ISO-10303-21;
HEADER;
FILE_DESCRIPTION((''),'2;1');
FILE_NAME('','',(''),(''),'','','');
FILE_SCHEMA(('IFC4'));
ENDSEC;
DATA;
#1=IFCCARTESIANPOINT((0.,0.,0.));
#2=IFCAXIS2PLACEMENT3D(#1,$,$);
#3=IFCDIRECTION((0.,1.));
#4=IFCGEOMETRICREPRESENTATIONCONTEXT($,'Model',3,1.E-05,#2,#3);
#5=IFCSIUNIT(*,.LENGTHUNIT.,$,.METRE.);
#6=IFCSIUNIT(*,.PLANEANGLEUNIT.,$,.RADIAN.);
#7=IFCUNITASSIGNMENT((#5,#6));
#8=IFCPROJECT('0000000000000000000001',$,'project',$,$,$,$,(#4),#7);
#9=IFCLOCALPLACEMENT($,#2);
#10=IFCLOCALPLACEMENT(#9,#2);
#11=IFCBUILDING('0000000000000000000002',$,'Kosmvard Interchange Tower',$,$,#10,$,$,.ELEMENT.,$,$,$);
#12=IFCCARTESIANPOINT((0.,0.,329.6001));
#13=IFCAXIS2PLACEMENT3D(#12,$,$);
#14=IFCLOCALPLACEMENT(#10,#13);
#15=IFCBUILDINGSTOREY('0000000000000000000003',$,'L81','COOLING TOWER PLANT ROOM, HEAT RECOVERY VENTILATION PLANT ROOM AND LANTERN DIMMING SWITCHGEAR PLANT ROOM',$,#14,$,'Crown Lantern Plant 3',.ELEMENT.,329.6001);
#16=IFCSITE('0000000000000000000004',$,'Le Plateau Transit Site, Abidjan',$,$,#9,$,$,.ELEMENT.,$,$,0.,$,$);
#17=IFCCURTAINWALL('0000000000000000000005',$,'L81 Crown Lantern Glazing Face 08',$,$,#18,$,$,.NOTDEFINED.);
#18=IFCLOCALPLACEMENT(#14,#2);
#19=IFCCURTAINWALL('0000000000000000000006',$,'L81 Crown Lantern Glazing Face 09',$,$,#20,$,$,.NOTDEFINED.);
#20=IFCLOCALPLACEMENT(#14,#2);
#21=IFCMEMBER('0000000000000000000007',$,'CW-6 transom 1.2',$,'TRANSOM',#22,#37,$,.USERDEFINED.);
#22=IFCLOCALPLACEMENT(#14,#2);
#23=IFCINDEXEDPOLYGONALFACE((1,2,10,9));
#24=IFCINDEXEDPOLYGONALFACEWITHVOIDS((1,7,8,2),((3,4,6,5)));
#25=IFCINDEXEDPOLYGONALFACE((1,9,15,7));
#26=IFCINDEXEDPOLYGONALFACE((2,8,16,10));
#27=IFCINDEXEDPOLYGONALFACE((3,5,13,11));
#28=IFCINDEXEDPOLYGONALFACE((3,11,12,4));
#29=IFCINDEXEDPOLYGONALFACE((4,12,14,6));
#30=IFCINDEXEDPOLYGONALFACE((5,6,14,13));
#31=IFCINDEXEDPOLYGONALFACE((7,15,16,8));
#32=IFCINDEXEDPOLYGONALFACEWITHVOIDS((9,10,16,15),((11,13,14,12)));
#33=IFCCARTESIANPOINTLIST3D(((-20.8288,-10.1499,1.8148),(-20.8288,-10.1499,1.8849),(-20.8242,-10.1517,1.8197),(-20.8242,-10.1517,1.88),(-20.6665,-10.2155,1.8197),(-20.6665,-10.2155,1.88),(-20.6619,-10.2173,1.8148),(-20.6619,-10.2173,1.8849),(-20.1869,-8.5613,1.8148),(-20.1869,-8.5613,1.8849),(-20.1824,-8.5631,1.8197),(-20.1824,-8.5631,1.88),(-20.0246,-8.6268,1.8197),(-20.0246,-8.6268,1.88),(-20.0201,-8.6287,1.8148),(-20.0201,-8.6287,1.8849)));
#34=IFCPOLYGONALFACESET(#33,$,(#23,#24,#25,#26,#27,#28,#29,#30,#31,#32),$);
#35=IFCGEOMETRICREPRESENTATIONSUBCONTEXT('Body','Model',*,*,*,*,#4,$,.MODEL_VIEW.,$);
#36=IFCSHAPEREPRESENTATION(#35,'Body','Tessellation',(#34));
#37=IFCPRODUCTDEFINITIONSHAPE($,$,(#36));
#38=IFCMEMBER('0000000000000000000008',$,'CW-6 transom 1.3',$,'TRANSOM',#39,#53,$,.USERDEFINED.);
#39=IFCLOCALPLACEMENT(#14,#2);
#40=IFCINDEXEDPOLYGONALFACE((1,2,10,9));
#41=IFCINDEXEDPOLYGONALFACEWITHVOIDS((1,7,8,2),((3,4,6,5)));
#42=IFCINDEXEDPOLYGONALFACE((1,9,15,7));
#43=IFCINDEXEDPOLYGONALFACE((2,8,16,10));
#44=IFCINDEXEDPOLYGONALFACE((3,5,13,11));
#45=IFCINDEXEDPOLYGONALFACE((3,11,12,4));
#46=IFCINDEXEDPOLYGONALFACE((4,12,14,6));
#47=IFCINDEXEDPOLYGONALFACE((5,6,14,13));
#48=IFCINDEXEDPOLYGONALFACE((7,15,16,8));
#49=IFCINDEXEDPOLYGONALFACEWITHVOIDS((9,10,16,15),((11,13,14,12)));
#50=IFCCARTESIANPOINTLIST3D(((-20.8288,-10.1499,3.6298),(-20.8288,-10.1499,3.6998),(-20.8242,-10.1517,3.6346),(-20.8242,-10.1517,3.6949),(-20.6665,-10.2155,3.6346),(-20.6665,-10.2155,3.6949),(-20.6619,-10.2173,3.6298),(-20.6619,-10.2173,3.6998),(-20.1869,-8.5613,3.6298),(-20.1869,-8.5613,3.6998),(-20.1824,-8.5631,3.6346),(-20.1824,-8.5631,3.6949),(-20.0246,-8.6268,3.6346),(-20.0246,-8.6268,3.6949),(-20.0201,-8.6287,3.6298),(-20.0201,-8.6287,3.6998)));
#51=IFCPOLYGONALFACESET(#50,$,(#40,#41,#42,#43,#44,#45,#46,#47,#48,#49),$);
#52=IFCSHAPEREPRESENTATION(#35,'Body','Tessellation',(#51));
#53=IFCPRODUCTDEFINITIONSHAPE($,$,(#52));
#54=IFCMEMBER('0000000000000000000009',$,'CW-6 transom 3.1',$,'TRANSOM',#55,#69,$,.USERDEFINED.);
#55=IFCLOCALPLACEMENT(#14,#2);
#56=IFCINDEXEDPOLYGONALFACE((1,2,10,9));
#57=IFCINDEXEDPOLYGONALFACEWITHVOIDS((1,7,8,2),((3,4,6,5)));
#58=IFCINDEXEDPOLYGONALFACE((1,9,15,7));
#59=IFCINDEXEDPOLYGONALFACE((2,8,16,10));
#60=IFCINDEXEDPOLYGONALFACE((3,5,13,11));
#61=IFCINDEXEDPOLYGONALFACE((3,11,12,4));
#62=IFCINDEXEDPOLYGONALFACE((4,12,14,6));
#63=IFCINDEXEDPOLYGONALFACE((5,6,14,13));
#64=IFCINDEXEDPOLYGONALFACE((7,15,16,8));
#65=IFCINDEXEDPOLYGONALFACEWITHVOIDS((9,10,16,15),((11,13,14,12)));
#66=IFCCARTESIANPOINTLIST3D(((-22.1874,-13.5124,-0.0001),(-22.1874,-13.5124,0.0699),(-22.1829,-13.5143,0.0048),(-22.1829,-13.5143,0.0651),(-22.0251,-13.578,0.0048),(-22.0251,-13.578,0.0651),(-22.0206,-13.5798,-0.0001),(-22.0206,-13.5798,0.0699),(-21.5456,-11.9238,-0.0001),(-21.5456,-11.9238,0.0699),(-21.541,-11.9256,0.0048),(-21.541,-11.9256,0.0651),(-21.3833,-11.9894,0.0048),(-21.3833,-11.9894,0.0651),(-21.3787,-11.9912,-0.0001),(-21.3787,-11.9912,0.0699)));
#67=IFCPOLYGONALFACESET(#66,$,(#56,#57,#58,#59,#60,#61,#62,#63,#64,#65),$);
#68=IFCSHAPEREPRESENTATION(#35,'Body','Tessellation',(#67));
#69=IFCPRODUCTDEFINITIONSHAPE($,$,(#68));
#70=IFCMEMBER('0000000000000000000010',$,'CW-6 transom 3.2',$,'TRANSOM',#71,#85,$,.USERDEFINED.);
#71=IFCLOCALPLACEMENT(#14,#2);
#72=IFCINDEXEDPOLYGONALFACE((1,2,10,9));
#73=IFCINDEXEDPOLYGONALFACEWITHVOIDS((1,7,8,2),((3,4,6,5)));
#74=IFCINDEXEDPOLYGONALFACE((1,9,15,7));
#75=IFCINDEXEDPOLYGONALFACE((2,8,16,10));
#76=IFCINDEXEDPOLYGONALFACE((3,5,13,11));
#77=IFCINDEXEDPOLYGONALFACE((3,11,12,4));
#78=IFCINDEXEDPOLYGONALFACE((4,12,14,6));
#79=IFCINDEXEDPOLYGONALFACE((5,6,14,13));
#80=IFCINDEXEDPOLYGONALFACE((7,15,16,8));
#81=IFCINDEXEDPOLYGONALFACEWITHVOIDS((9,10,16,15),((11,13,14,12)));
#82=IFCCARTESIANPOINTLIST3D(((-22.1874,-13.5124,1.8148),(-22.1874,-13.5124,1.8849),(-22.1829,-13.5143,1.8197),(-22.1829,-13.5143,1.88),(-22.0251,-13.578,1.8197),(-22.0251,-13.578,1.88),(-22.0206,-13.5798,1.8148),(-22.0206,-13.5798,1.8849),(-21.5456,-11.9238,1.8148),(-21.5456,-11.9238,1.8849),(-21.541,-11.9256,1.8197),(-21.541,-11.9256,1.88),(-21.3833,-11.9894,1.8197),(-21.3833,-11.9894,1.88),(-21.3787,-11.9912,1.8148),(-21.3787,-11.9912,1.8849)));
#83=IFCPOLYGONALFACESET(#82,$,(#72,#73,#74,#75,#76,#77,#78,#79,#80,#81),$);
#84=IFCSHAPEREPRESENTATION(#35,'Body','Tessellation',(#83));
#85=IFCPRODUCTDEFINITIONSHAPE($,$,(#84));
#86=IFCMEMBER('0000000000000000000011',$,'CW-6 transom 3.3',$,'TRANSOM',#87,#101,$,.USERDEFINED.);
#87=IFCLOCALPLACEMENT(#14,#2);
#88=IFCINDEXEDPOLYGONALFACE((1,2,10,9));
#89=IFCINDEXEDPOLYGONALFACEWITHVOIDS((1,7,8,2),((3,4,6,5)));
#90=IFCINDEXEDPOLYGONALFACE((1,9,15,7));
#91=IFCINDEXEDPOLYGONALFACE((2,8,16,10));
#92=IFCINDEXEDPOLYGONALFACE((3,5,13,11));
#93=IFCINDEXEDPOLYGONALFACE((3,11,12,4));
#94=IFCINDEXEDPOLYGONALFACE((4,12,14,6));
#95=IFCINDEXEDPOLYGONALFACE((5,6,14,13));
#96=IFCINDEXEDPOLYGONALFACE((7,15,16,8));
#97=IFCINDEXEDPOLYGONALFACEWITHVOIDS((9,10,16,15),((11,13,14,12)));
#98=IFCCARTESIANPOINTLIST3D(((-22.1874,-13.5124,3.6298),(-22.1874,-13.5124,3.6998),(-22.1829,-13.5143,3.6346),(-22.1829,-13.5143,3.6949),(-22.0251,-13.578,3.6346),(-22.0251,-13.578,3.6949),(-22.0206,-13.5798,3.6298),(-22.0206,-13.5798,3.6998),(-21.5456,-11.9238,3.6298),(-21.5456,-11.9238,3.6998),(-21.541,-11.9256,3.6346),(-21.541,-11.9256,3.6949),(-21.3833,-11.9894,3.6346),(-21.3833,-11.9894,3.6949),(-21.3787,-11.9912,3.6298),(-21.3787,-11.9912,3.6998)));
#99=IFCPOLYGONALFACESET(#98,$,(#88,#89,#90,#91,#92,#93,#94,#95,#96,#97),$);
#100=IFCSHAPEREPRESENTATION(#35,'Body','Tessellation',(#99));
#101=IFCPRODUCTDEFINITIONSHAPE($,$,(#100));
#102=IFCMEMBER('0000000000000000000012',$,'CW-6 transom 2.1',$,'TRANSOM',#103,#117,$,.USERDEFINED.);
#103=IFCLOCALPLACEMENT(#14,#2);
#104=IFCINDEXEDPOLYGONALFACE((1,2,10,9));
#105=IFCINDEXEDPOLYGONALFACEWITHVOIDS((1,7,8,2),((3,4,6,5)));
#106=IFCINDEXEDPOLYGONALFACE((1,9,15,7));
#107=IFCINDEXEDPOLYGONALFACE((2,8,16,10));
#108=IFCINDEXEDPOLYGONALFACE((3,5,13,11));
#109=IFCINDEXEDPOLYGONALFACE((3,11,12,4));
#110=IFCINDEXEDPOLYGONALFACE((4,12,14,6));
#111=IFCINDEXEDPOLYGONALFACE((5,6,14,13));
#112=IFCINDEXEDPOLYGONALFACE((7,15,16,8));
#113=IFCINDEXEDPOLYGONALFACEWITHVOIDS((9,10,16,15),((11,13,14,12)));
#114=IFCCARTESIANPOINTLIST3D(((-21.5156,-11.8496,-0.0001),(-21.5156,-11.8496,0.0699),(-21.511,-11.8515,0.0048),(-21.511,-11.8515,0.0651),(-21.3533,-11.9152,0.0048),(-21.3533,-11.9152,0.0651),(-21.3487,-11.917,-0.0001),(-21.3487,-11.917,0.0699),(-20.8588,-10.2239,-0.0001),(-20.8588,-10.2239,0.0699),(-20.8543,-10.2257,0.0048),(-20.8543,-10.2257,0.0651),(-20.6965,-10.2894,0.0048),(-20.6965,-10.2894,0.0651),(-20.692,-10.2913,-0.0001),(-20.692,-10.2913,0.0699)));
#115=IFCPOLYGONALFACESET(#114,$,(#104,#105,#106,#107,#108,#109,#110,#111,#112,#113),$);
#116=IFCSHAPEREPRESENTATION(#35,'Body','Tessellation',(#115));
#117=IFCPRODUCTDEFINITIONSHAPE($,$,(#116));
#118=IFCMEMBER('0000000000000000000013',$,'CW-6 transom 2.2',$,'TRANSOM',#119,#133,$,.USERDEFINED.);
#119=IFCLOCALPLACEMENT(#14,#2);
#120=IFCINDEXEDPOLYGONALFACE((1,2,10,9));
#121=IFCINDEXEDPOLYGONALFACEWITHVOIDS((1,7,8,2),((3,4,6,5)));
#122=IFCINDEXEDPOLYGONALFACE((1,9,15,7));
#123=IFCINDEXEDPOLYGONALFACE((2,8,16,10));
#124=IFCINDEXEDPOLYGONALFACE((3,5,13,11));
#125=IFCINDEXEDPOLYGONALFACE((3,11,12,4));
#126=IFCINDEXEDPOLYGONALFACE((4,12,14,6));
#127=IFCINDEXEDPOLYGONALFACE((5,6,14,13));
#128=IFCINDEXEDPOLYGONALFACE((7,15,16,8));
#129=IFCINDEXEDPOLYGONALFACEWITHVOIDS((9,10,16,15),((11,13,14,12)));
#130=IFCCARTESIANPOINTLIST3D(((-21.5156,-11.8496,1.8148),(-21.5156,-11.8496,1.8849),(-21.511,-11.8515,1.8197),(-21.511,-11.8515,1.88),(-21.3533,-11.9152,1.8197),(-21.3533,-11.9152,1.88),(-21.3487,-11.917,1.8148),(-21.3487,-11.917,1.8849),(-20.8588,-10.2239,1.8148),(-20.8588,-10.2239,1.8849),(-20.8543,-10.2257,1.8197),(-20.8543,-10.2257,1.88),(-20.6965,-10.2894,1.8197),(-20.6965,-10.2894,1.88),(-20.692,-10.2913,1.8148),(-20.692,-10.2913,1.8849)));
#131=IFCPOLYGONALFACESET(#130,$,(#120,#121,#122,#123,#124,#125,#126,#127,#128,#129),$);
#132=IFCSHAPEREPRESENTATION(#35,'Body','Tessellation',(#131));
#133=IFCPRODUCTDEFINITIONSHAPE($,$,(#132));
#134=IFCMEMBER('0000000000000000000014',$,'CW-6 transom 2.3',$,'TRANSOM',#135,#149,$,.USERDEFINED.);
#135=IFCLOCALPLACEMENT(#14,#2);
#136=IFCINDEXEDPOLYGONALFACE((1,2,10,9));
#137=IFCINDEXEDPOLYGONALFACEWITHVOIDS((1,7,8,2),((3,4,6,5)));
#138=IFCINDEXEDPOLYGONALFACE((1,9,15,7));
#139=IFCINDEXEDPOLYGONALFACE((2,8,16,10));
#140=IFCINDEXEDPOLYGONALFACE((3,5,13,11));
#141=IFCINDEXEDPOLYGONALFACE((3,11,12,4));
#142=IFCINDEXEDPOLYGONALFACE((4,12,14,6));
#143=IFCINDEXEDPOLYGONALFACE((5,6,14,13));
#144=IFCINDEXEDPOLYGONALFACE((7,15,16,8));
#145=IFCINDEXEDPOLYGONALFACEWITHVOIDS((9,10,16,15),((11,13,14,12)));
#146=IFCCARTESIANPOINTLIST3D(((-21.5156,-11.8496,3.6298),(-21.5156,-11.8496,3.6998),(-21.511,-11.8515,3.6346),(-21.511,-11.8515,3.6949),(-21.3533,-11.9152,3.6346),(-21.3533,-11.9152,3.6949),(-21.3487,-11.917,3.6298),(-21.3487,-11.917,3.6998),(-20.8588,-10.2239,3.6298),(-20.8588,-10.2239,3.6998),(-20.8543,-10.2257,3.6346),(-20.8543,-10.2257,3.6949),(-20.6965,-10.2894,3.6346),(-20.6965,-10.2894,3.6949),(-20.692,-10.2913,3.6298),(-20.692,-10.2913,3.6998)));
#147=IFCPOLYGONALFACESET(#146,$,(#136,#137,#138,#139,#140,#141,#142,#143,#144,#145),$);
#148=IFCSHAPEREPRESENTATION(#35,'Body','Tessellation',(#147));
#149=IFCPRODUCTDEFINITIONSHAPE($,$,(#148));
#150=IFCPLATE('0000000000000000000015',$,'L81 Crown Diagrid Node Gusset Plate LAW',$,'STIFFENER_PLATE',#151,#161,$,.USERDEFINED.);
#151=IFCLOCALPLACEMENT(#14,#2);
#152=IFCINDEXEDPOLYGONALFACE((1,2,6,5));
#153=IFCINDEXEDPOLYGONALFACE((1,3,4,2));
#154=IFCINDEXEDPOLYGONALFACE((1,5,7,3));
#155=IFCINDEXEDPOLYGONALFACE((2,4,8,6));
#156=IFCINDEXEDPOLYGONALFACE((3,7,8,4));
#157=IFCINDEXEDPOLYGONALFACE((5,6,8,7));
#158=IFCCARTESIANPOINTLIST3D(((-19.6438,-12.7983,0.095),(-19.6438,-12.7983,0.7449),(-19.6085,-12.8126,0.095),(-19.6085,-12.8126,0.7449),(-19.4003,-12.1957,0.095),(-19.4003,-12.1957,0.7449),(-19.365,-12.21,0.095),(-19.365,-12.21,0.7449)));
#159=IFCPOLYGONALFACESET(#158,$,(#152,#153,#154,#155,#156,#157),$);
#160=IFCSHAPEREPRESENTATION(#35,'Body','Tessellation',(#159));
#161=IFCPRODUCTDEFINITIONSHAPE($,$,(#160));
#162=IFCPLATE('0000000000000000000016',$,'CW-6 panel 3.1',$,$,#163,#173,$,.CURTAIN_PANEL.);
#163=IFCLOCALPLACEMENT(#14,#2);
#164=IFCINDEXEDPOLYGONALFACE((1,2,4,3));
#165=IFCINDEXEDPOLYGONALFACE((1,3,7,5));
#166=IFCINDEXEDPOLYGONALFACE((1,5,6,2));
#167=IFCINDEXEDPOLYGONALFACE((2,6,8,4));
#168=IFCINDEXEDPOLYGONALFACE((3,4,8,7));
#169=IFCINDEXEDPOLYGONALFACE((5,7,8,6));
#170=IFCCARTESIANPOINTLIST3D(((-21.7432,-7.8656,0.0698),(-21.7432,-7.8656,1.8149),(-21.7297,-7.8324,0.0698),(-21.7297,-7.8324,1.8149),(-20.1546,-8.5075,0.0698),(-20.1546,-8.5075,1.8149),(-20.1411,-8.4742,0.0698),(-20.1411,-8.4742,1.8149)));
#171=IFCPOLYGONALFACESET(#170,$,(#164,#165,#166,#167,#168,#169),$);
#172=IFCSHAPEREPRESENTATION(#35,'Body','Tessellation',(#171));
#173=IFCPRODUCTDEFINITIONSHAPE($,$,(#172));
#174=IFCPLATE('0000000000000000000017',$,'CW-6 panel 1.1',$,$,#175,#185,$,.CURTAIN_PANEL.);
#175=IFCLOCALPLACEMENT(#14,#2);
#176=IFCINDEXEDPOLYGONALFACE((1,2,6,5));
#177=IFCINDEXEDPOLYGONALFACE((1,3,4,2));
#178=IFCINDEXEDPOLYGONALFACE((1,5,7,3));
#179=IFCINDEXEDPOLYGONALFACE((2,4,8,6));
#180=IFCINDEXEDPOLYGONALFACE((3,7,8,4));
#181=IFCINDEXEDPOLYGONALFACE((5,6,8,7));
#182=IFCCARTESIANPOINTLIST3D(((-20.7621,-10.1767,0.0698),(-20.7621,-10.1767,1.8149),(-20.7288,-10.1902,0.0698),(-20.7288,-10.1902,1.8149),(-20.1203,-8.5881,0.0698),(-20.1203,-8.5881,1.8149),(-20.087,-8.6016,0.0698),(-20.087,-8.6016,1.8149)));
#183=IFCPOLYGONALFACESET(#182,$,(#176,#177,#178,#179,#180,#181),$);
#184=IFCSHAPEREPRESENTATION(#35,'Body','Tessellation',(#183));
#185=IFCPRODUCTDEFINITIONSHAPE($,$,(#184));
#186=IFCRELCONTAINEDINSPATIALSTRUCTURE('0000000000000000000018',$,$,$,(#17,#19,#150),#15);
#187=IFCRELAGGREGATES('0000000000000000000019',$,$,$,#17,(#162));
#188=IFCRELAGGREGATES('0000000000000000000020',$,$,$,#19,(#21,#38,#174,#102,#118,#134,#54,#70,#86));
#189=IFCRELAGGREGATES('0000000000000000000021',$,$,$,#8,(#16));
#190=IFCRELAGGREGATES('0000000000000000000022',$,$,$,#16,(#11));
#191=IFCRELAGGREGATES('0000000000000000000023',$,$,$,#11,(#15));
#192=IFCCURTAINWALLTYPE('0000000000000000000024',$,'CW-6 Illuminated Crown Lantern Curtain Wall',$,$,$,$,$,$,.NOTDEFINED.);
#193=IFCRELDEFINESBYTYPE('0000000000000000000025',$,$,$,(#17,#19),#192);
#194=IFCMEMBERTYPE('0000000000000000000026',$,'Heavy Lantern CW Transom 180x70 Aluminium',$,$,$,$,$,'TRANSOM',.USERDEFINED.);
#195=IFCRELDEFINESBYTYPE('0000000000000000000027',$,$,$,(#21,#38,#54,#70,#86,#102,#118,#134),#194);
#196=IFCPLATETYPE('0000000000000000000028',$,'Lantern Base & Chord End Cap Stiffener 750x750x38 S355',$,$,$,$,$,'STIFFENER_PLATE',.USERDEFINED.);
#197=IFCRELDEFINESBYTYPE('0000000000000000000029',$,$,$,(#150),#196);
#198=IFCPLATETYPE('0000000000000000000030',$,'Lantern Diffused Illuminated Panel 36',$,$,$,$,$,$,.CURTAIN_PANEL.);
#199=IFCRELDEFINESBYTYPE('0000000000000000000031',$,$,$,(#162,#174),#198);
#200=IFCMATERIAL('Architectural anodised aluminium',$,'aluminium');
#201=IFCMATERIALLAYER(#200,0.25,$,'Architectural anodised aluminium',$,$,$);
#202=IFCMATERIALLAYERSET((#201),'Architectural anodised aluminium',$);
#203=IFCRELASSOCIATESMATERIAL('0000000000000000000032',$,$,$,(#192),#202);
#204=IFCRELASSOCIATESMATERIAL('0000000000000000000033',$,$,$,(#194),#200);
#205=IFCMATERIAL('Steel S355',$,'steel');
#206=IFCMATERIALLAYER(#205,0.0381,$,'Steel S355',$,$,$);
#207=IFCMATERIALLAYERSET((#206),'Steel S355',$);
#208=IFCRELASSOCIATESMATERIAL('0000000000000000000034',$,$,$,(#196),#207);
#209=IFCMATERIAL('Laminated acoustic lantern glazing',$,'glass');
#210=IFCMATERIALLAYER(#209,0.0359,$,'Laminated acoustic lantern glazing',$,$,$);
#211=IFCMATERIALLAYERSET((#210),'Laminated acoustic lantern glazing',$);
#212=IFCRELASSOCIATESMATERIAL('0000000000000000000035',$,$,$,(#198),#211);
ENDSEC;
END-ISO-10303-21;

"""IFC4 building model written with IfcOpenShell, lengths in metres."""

from ifc_helpers import new_model, si_unit, direction, frame, origin, origin_2d, place, context, subcontext, project, spatial, rectangle, hollow_rectangle, extrude, source, transform, mapped, material, layer, layer_set, material_profile, profile_set, type_object, element, aggregate, save


model = new_model("IFC4")

# Units and contexts
model_context = context("Model", 3, precision=1e-05, world=origin(), true_north=direction((0.0, 1.0)))
body_context = subcontext(model_context, "Body", "Model", "MODEL_VIEW")
ifc_project = project(units=[si_unit("LENGTHUNIT", "METRE"), si_unit("PLANEANGLEUNIT", "RADIAN")], contexts=[model_context])

# Site, building, storey
site_placement = place(None, origin())
site = spatial("IfcSite", under=ifc_project, at=site_placement, Name="Le Plateau Transit Site, Abidjan", CompositionType="ELEMENT", RefElevation=0.0)
building_placement = place(site_placement, origin())
building = spatial("IfcBuilding", under=site, at=building_placement, Name="Kosmvard Interchange Tower", CompositionType="ELEMENT")
storey_placement = place(building_placement, frame((0.0, 0.0, 329.6001)))
storey = spatial("IfcBuildingStorey", under=building, at=storey_placement, Name="L81", Description="COOLING TOWER PLANT ROOM, HEAT RECOVERY VENTILATION PLANT ROOM AND LANTERN DIMMING SWITCHGEAR PLANT ROOM", LongName="Crown Lantern Plant 3", CompositionType="ELEMENT", Elevation=329.6001)

# Shared definitions
ifc_material_1 = material(Name="Steel S355", Category="steel")

# Curtain wall
ifc_material_2 = material(Name="Architectural anodised aluminium", Category="aluminium")
ifc_layer_1 = layer(ifc_material_2, 0.25, Name="Architectural anodised aluminium")
ifc_layer_set_1 = layer_set([ifc_layer_1], Name="Architectural anodised aluminium")
curtain_wall_type = type_object("IfcCurtainWallType", Name="CW-6 Illuminated Crown Lantern Curtain Wall", PredefinedType="NOTDEFINED", material=ifc_layer_set_1)
curtain_wall_1_placement = place(storey_placement, origin())
curtain_wall_1 = element("IfcCurtainWall", 1, at=curtain_wall_1_placement, inside=storey, type_object=curtain_wall_type, Name="L81 Crown Lantern Glazing Face 08", PredefinedType="NOTDEFINED")

# Curtain wall, members
curtain_wall_2_placement = place(storey_placement, origin())
curtain_wall_2 = element("IfcCurtainWall", 2, at=curtain_wall_2_placement, inside=storey, type_object=curtain_wall_type, Name="L81 Crown Lantern Glazing Face 09", PredefinedType="NOTDEFINED")
ifc_material_profile_1 = material_profile(ifc_material_2, hollow_rectangle(XDim=0.1799, YDim=0.0701, WallThickness=0.0049, at=origin_2d()), Name="CWT 180x70x5")
ifc_profile_set_1 = profile_set([ifc_material_profile_1], Name="Architectural anodised aluminium")
member_type_1 = type_object("IfcMemberType", Name="Heavy Lantern CW Transom 180x70 Aluminium", ElementType="TRANSOM", PredefinedType="USERDEFINED", material=ifc_profile_set_1)
shared_shape_1 = source(origin(), body_context, "Body", "SweptSolid", [
    extrude(hollow_rectangle(XDim=0.1799, YDim=0.0701, WallThickness=0.0049, at=origin_2d()), origin(), (0.0, 0.0, 1.0), 1.7134),
])
member_1_placement = place(storey_placement, frame((-20.1035, -8.595, 1.8499), z_axis=(-0.374607, -0.927184, 0.0), x_axis=(0.927184, -0.374607, 0.0)))
member_1 = element("IfcMember", 3, at=member_1_placement, type_object=member_type_1, Name="CW-6 transom 1.2", ObjectType="TRANSOM", PredefinedType="USERDEFINED", context=body_context, shape_type="MappedRepresentation", body=[
    mapped(shared_shape_1, transform((0.0, 0.0, 0.0), scale=1.0)),
])
member_2_placement = place(storey_placement, frame((-20.1035, -8.595, 3.6648), z_axis=(-0.374607, -0.927184, 0.0), x_axis=(0.927184, -0.374607, 0.0)))
member_2 = element("IfcMember", 4, at=member_2_placement, type_object=member_type_1, Name="CW-6 transom 1.3", ObjectType="TRANSOM", PredefinedType="USERDEFINED", context=body_context, shape_type="MappedRepresentation", body=[
    mapped(shared_shape_1, transform((0.0, 0.0, 0.0), scale=1.0)),
])
member_3_placement = place(storey_placement, frame((-21.4622, -11.9575, 0.0349), z_axis=(-0.374607, -0.927184, 0.0), x_axis=(0.927184, -0.374607, 0.0)))
member_3 = element("IfcMember", 5, at=member_3_placement, type_object=member_type_1, Name="CW-6 transom 3.1", ObjectType="TRANSOM", PredefinedType="USERDEFINED", context=body_context, shape_type="MappedRepresentation", body=[
    mapped(shared_shape_1, transform((0.0, 0.0, 0.0), scale=1.0)),
])
member_4_placement = place(storey_placement, frame((-21.4622, -11.9575, 1.8499), z_axis=(-0.374607, -0.927184, 0.0), x_axis=(0.927184, -0.374607, 0.0)))
member_4 = element("IfcMember", 6, at=member_4_placement, type_object=member_type_1, Name="CW-6 transom 3.2", ObjectType="TRANSOM", PredefinedType="USERDEFINED", context=body_context, shape_type="MappedRepresentation", body=[
    mapped(shared_shape_1, transform((0.0, 0.0, 0.0), scale=1.0)),
])
member_5_placement = place(storey_placement, frame((-21.4622, -11.9575, 3.6648), z_axis=(-0.374607, -0.927184, 0.0), x_axis=(0.927184, -0.374607, 0.0)))
member_5 = element("IfcMember", 7, at=member_5_placement, type_object=member_type_1, Name="CW-6 transom 3.3", ObjectType="TRANSOM", PredefinedType="USERDEFINED", context=body_context, shape_type="MappedRepresentation", body=[
    mapped(shared_shape_1, transform((0.0, 0.0, 0.0), scale=1.0)),
])
shared_shape_2 = source(origin(), body_context, "Body", "SweptSolid", [
    extrude(hollow_rectangle(XDim=0.1799, YDim=0.0701, WallThickness=0.0049, at=origin_2d()), origin(), (0.0, 0.0, 1.0), 1.7534),
])
member_6_placement = place(storey_placement, frame((-20.7754, -10.2576, 0.0349), z_axis=(-0.374557, -0.927204, 0.0), x_axis=(0.927204, -0.374557, 0.0)))
member_6 = element("IfcMember", 8, at=member_6_placement, type_object=member_type_1, Name="CW-6 transom 2.1", ObjectType="TRANSOM", PredefinedType="USERDEFINED", context=body_context, shape_type="MappedRepresentation", body=[
    mapped(shared_shape_2, transform((0.0, 0.0, 0.0), scale=1.0)),
])
member_7_placement = place(storey_placement, frame((-20.7754, -10.2576, 1.8499), z_axis=(-0.374557, -0.927204, 0.0), x_axis=(0.927204, -0.374557, 0.0)))
member_7 = element("IfcMember", 9, at=member_7_placement, type_object=member_type_1, Name="CW-6 transom 2.2", ObjectType="TRANSOM", PredefinedType="USERDEFINED", context=body_context, shape_type="MappedRepresentation", body=[
    mapped(shared_shape_2, transform((0.0, 0.0, 0.0), scale=1.0)),
])
member_8_placement = place(storey_placement, frame((-20.7754, -10.2576, 3.6648), z_axis=(-0.374557, -0.927204, 0.0), x_axis=(0.927204, -0.374557, 0.0)))
member_8 = element("IfcMember", 10, at=member_8_placement, type_object=member_type_1, Name="CW-6 transom 2.3", ObjectType="TRANSOM", PredefinedType="USERDEFINED", context=body_context, shape_type="MappedRepresentation", body=[
    mapped(shared_shape_2, transform((0.0, 0.0, 0.0), scale=1.0)),
])

# Plates
ifc_layer_2 = layer(ifc_material_1, 0.0381, Name="Steel S355")
ifc_layer_set_2 = layer_set([ifc_layer_2], Name="Steel S355")
plate_type_1 = type_object("IfcPlateType", Name="Lantern Base & Chord End Cap Stiffener 750x750x38 S355", ElementType="STIFFENER_PLATE", PredefinedType="USERDEFINED", material=ifc_layer_set_2)
shared_shape_3 = source(origin(), body_context, "Body", "SweptSolid", [
    extrude(rectangle(XDim=0.6499, YDim=0.0381, at=origin_2d()), origin(), (0.0, 0.0, 1.0), 0.6499),
])
plate_1_placement = place(storey_placement, frame((-19.5044, -12.5042, 0.095), z_axis=(0.0, 0.0, 1.0), x_axis=(0.374607, 0.927184, 0.0)))
element("IfcPlate", 11, at=plate_1_placement, inside=storey, type_object=plate_type_1, Name="L81 Crown Diagrid Node Gusset Plate LAW", ObjectType="STIFFENER_PLATE", PredefinedType="USERDEFINED", context=body_context, shape_type="MappedRepresentation", body=[
    mapped(shared_shape_3, transform((0.0, 0.0, 0.0), scale=1.0)),
])
ifc_material_3 = material(Name="Laminated acoustic lantern glazing", Category="glass")
ifc_layer_3 = layer(ifc_material_3, 0.0359, Name="Laminated acoustic lantern glazing")
ifc_layer_set_3 = layer_set([ifc_layer_3], Name="Laminated acoustic lantern glazing")
plate_type_2 = type_object("IfcPlateType", Name="Lantern Diffused Illuminated Panel 36", PredefinedType="CURTAIN_PANEL", material=ifc_layer_set_3)
shared_shape_4 = source(origin(), body_context, "Body", "SweptSolid", [
    extrude(rectangle(XDim=1.7134, YDim=0.0359, at=origin_2d()), origin(), (0.0, 0.0, 1.0), 1.7451),
])
plate_2_placement = place(storey_placement, frame((-20.9421, -8.1699, 0.0698), z_axis=(0.0, 0.0, 1.0), x_axis=(0.927184, -0.374607, 0.0)))
plate_2 = element("IfcPlate", 12, at=plate_2_placement, type_object=plate_type_2, Name="CW-6 panel 3.1", PredefinedType="CURTAIN_PANEL", context=body_context, shape_type="MappedRepresentation", body=[
    mapped(shared_shape_4, transform((0.0, 0.0, 0.0), scale=1.0)),
])
aggregate(curtain_wall_1, [plate_2])
plate_3_placement = place(storey_placement, frame((-20.4246, -9.3892, 0.0698), z_axis=(0.0, 0.0, 1.0), x_axis=(-0.374607, -0.927184, 0.0)))
plate_3 = element("IfcPlate", 13, at=plate_3_placement, type_object=plate_type_2, Name="CW-6 panel 1.1", PredefinedType="CURTAIN_PANEL", context=body_context, shape_type="MappedRepresentation", body=[
    mapped(shared_shape_4, transform((0.0, 0.0, 0.0), scale=1.0)),
])
aggregate(curtain_wall_2, [member_1, member_2, plate_3, member_6, member_7, member_8, member_3, member_4, member_5])

save(model, "model.ifc")
